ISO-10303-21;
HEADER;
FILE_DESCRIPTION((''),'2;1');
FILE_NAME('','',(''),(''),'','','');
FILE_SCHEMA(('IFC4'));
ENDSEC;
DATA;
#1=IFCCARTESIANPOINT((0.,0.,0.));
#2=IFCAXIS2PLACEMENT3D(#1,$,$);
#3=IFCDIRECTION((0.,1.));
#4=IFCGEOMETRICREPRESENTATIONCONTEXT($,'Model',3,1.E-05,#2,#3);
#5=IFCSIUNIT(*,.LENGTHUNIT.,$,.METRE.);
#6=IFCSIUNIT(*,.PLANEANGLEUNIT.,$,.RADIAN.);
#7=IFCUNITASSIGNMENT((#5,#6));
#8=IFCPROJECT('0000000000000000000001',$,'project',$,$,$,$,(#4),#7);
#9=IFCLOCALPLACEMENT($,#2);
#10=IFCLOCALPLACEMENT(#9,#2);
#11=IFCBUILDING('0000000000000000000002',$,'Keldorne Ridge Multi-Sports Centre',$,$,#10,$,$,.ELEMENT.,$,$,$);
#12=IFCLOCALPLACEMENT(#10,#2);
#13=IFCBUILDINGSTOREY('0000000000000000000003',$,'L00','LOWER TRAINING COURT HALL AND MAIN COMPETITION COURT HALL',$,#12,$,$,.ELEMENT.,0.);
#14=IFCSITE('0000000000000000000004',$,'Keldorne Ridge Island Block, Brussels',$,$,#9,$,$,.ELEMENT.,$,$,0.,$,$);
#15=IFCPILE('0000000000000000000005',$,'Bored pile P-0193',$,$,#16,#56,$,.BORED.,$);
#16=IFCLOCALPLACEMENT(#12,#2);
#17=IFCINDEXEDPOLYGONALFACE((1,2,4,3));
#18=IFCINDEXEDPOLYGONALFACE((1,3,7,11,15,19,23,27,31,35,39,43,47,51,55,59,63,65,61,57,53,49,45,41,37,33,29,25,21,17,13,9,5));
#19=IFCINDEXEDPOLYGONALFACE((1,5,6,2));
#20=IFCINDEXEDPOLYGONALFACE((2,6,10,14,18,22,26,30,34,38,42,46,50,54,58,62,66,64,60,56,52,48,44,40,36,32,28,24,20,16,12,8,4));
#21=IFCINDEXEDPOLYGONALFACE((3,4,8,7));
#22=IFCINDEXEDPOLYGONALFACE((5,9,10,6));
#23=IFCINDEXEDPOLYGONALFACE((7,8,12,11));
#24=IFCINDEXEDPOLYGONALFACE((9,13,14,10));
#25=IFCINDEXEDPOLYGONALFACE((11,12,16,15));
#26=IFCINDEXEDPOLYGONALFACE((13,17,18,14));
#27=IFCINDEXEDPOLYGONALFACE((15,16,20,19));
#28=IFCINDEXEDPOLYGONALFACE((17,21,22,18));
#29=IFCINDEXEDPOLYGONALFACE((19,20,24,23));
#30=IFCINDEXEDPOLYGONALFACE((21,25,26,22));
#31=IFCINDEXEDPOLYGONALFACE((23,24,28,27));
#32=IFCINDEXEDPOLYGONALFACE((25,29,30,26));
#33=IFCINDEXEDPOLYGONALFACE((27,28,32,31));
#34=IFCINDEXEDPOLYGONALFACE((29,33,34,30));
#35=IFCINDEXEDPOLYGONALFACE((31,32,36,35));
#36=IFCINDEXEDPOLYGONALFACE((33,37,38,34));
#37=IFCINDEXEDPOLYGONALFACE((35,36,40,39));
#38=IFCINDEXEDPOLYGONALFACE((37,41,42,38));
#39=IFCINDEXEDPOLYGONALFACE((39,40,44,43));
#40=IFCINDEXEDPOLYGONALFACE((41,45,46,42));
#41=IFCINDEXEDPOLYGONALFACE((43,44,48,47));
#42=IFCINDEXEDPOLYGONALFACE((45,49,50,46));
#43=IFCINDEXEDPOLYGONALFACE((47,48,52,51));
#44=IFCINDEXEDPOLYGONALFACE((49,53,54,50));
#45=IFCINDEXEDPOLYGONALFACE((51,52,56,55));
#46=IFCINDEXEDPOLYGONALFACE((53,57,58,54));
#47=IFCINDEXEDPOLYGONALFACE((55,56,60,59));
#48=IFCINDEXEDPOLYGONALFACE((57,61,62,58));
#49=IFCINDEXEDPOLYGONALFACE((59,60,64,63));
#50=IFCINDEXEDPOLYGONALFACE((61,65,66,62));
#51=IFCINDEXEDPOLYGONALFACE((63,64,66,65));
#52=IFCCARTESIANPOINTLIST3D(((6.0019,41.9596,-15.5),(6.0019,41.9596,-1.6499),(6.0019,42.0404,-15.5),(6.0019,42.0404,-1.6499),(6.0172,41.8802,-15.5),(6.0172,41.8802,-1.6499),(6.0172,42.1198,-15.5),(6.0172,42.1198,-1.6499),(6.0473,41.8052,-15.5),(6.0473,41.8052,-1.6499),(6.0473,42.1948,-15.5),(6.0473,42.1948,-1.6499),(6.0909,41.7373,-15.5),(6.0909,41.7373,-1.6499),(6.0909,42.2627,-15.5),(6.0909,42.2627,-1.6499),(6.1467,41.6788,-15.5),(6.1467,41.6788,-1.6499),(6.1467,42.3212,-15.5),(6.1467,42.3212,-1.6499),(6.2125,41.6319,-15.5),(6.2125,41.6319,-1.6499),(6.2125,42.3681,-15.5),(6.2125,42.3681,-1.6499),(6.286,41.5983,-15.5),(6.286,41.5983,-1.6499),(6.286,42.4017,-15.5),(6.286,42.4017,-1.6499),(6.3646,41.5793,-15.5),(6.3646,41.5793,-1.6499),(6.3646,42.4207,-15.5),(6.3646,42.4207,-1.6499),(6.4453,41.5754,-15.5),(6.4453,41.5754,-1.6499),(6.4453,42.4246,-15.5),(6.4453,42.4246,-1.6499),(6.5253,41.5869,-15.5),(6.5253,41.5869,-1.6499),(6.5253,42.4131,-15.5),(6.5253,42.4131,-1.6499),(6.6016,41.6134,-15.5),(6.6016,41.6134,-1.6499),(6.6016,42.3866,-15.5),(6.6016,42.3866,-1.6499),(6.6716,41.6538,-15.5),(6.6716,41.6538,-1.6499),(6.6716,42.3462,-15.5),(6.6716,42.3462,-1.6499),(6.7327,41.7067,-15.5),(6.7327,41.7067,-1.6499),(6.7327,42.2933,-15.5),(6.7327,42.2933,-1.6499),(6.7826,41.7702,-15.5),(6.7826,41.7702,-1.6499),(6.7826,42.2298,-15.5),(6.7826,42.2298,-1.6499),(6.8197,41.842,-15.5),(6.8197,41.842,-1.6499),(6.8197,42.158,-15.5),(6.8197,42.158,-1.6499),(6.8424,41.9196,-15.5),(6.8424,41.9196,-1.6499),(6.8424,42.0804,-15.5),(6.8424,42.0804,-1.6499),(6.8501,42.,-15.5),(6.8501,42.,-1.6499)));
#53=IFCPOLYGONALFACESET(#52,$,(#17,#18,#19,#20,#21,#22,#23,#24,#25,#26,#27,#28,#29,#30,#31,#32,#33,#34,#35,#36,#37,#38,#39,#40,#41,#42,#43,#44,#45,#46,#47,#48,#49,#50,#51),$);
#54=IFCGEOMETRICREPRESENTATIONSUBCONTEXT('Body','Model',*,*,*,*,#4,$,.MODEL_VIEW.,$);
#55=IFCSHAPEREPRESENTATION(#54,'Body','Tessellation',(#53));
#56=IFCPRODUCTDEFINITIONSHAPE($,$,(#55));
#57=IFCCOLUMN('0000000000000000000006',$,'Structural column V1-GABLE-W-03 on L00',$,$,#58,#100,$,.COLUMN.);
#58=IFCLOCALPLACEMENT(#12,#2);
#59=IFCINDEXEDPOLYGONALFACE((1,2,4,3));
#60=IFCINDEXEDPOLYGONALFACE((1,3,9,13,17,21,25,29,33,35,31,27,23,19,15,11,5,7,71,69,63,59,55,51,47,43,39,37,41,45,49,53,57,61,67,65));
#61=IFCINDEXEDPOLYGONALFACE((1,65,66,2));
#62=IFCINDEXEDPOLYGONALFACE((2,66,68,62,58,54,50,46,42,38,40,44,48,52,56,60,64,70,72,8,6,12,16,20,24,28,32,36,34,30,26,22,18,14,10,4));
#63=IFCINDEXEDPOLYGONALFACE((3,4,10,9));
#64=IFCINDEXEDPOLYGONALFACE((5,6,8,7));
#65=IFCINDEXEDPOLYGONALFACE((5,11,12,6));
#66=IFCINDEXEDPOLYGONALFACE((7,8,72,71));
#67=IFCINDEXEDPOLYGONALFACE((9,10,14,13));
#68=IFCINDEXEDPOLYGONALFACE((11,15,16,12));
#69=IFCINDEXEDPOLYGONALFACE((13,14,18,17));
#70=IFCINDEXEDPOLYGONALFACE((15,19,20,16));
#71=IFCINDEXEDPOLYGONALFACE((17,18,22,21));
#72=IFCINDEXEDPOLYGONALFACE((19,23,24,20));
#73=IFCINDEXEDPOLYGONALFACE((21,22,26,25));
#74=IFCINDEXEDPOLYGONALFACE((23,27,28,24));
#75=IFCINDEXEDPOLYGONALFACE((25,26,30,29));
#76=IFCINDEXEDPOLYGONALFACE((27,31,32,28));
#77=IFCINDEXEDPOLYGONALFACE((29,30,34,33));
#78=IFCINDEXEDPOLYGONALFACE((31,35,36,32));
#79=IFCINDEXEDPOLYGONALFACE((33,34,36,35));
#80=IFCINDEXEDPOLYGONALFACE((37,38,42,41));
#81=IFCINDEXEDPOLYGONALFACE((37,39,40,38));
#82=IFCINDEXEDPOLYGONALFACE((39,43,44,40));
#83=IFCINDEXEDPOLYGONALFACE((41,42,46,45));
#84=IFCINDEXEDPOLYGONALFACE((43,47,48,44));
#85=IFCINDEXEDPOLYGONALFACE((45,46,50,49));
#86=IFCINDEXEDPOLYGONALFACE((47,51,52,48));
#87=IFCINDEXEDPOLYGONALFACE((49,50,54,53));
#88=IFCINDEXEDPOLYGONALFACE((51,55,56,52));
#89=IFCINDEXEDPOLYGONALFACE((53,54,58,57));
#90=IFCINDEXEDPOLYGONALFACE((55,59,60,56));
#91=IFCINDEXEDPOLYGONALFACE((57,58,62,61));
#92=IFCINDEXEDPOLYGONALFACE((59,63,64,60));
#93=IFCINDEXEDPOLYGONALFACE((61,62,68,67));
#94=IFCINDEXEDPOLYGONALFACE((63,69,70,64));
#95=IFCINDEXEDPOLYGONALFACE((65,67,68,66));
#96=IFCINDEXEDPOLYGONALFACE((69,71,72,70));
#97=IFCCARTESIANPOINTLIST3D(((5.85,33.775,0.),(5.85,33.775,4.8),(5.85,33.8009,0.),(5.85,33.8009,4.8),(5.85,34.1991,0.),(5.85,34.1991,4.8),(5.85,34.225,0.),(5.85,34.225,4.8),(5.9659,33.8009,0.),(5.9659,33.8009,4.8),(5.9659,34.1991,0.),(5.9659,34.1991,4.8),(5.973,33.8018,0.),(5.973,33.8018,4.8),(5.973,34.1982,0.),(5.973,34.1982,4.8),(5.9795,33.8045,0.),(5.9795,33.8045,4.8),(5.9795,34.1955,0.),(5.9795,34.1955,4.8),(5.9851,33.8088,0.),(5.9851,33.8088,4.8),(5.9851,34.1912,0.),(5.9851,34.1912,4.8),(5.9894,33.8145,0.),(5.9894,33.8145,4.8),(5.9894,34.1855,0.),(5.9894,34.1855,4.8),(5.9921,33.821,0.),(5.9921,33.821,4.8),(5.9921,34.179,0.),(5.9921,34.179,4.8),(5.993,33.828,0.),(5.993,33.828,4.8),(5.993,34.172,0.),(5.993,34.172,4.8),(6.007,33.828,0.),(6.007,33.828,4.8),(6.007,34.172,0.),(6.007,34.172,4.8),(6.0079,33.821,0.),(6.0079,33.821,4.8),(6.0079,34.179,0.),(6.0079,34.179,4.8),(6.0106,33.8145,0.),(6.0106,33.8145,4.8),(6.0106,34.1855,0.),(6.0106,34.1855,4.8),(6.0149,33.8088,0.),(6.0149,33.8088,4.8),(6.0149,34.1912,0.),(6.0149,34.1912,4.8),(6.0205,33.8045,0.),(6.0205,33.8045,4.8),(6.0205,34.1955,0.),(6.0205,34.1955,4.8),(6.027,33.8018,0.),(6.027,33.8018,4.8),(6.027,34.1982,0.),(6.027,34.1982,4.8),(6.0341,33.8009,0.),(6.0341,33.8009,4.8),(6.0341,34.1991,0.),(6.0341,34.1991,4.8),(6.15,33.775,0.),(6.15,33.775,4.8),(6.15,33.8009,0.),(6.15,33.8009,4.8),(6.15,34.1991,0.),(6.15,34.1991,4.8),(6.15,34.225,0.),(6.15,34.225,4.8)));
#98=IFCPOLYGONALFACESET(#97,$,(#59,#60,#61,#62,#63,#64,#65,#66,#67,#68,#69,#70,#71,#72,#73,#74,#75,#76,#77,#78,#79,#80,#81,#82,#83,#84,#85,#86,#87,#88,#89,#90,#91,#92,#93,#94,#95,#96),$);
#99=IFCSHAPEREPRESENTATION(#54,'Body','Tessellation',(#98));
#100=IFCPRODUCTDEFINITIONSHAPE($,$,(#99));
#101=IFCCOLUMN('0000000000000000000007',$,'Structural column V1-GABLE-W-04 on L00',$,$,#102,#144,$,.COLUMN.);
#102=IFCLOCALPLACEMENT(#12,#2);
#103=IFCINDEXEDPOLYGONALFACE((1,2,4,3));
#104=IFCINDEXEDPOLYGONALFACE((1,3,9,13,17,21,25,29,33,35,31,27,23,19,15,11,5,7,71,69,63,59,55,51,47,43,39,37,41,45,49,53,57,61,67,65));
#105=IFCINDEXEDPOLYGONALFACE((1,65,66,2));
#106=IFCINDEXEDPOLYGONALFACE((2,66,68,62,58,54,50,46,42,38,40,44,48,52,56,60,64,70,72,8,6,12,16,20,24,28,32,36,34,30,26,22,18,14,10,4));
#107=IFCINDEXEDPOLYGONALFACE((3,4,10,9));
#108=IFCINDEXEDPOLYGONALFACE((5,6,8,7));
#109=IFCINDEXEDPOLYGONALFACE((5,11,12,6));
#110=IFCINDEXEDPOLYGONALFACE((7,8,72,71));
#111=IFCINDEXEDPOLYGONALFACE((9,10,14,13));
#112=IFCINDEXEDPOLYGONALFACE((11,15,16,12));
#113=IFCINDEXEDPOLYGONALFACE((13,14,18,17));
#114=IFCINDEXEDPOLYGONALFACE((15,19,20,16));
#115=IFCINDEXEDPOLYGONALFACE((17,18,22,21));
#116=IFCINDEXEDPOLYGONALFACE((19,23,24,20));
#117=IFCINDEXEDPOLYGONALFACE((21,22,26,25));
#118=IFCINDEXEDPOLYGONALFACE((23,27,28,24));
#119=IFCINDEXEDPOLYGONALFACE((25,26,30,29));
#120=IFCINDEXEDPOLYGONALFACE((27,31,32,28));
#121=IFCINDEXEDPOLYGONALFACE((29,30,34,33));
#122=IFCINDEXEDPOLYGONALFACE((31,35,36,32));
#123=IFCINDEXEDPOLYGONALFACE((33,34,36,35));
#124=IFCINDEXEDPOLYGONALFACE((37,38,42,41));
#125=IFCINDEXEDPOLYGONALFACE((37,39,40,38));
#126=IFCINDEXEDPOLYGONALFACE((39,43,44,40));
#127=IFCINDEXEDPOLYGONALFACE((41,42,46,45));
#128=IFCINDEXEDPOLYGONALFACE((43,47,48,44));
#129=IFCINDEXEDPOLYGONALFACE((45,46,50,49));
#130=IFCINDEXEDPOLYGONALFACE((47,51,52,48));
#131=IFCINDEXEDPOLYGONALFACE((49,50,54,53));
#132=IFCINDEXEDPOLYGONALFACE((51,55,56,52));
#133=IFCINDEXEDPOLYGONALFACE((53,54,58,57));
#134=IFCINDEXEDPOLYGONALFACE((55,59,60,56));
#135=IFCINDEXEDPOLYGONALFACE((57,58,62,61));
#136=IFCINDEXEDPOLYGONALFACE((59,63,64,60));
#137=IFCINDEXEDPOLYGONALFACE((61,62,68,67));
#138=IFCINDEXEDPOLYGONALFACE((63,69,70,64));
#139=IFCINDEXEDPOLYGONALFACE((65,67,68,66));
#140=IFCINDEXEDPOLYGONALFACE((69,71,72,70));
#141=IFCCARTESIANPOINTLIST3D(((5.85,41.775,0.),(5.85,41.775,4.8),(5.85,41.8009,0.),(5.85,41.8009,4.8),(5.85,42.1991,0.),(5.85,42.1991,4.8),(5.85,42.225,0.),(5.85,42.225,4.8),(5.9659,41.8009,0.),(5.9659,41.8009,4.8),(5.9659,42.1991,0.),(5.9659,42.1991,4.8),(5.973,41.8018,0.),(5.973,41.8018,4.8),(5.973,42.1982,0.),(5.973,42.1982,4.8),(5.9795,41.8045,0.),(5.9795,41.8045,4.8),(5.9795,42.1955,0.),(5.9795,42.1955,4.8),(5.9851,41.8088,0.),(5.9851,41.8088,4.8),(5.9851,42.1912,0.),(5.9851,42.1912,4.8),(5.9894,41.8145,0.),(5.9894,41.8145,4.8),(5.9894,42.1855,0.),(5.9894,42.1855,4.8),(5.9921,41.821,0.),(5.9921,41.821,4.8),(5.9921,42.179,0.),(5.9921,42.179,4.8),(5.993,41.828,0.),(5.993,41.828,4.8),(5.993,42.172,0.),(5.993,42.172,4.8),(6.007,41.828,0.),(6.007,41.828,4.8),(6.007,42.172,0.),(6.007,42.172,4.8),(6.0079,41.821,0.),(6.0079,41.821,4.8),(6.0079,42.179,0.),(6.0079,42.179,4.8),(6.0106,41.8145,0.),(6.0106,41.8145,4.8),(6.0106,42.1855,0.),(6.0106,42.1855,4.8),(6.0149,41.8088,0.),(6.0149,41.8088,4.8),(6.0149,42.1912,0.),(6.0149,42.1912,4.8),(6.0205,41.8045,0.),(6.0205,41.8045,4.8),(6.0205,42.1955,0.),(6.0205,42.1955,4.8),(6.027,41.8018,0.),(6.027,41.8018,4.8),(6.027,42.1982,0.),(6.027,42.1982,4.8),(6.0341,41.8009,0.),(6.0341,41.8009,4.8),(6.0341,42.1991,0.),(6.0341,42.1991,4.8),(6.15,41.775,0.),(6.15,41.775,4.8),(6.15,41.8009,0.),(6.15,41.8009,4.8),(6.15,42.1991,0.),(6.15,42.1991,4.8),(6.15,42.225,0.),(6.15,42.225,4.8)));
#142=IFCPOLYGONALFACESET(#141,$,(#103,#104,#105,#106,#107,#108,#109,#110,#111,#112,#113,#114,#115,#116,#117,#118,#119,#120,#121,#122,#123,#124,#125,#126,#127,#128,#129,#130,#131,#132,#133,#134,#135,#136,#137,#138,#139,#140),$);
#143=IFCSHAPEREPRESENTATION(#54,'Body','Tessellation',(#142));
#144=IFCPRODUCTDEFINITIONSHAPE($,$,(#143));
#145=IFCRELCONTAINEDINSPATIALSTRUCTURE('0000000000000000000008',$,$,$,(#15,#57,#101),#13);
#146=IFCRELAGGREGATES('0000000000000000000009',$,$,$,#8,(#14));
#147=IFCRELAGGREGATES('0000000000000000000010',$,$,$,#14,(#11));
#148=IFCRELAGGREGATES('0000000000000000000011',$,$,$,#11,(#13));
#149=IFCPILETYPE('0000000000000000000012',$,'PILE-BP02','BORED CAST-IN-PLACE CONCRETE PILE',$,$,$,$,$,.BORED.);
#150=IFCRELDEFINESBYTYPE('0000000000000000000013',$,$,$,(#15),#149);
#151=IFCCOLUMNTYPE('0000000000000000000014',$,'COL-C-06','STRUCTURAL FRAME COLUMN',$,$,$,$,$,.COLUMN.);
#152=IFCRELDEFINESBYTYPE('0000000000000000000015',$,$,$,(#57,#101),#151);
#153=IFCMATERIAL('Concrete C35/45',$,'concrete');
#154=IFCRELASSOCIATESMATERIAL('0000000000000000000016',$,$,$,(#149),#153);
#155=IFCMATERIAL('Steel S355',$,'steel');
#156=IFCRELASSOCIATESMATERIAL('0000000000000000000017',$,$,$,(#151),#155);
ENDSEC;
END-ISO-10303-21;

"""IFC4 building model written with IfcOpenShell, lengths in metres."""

from ifc_helpers import new_model, si_unit, direction, frame, origin, origin_2d, place, context, subcontext, project, spatial, circle, i_section, extrude, material, material_profile, profile_set, type_object, element, save


model = new_model("IFC4")

# Units and contexts
model_context = context("Model", 3, precision=1e-05, world=origin(), true_north=direction((0.0, 1.0)))
body_context = subcontext(model_context, "Body", "Model", "MODEL_VIEW")
ifc_project = project(units=[si_unit("LENGTHUNIT", "METRE"), si_unit("PLANEANGLEUNIT", "RADIAN")], contexts=[model_context])

# Site, building, storey
site_placement = place(None, origin())
site = spatial("IfcSite", under=ifc_project, at=site_placement, Name="Keldorne Ridge Island Block, Brussels", CompositionType="ELEMENT", RefElevation=0.0)
building_placement = place(site_placement, origin())
building = spatial("IfcBuilding", under=site, at=building_placement, Name="Keldorne Ridge Multi-Sports Centre", CompositionType="ELEMENT")
storey_placement = place(building_placement, origin())
storey = spatial("IfcBuildingStorey", under=building, at=storey_placement, Name="L00", Description="LOWER TRAINING COURT HALL AND MAIN COMPETITION COURT HALL", CompositionType="ELEMENT", Elevation=0.0)

# Shared definitions
ifc_material_1 = material(Name="Concrete C35/45", Category="concrete")

# Pile
ifc_material_profile_1 = material_profile(ifc_material_1, circle(Radius=0.425, at=origin_2d()), Name="BORED PILE D850")
ifc_profile_set_1 = profile_set([ifc_material_profile_1], Name="Concrete C35/45")
pile_type = type_object("IfcPileType", Name="PILE-BP02", Description="BORED CAST-IN-PLACE CONCRETE PILE", PredefinedType="BORED", material=ifc_profile_set_1)
for number, where, z_axis, x_axis, name in (
    (1, (6.425, 42.0, -1.6499), (0.0, 0.0, -1.0), (1.0, 0.0, 0.0), "Bored pile P-0193"),
):
    element("IfcPile", number, at=place(storey_placement, frame(where, z_axis=z_axis, x_axis=x_axis)), inside=storey, type_object=pile_type, Name=name, PredefinedType="BORED", context=body_context, shape_type="SweptSolid", body=[
        extrude(circle(Radius=0.425, at=origin_2d()), origin(), (0.0, 0.0, 1.0), 13.8501),
    ])

# Columns
ifc_material_2 = material(Name="Steel S355", Category="steel")
ifc_material_profile_2 = material_profile(ifc_material_2, i_section(OverallWidth=0.3, OverallDepth=0.45, WebThickness=0.0139, FlangeThickness=0.0259, FilletRadius=0.0271, at=origin_2d()), Name="HEB 450")
ifc_profile_set_2 = profile_set([ifc_material_profile_2], Name="Steel S355")
column_type_1 = type_object("IfcColumnType", Name="COL-C-06", Description="STRUCTURAL FRAME COLUMN", PredefinedType="COLUMN", material=ifc_profile_set_2)
for number, where, z_axis, x_axis, name in (
    (2, (6.0, 34.0, 0.0), (0.0, 0.0, 1.0), (1.0, 0.0, 0.0), "Structural column V1-GABLE-W-03 on L00"),
    (3, (6.0, 42.0, 0.0), (0.0, 0.0, 1.0), (1.0, 0.0, 0.0), "Structural column V1-GABLE-W-04 on L00"),
):
    element("IfcColumn", number, at=place(storey_placement, frame(where, z_axis=z_axis, x_axis=x_axis)), inside=storey, type_object=column_type_1, Name=name, PredefinedType="COLUMN", context=body_context, shape_type="SweptSolid", body=[
        extrude(i_section(OverallWidth=0.3, OverallDepth=0.45, WebThickness=0.0139, FlangeThickness=0.0259, FilletRadius=0.0271, at=origin_2d()), origin(), (0.0, 0.0, 1.0), 4.8),
    ])

save(model, "model.ifc")
